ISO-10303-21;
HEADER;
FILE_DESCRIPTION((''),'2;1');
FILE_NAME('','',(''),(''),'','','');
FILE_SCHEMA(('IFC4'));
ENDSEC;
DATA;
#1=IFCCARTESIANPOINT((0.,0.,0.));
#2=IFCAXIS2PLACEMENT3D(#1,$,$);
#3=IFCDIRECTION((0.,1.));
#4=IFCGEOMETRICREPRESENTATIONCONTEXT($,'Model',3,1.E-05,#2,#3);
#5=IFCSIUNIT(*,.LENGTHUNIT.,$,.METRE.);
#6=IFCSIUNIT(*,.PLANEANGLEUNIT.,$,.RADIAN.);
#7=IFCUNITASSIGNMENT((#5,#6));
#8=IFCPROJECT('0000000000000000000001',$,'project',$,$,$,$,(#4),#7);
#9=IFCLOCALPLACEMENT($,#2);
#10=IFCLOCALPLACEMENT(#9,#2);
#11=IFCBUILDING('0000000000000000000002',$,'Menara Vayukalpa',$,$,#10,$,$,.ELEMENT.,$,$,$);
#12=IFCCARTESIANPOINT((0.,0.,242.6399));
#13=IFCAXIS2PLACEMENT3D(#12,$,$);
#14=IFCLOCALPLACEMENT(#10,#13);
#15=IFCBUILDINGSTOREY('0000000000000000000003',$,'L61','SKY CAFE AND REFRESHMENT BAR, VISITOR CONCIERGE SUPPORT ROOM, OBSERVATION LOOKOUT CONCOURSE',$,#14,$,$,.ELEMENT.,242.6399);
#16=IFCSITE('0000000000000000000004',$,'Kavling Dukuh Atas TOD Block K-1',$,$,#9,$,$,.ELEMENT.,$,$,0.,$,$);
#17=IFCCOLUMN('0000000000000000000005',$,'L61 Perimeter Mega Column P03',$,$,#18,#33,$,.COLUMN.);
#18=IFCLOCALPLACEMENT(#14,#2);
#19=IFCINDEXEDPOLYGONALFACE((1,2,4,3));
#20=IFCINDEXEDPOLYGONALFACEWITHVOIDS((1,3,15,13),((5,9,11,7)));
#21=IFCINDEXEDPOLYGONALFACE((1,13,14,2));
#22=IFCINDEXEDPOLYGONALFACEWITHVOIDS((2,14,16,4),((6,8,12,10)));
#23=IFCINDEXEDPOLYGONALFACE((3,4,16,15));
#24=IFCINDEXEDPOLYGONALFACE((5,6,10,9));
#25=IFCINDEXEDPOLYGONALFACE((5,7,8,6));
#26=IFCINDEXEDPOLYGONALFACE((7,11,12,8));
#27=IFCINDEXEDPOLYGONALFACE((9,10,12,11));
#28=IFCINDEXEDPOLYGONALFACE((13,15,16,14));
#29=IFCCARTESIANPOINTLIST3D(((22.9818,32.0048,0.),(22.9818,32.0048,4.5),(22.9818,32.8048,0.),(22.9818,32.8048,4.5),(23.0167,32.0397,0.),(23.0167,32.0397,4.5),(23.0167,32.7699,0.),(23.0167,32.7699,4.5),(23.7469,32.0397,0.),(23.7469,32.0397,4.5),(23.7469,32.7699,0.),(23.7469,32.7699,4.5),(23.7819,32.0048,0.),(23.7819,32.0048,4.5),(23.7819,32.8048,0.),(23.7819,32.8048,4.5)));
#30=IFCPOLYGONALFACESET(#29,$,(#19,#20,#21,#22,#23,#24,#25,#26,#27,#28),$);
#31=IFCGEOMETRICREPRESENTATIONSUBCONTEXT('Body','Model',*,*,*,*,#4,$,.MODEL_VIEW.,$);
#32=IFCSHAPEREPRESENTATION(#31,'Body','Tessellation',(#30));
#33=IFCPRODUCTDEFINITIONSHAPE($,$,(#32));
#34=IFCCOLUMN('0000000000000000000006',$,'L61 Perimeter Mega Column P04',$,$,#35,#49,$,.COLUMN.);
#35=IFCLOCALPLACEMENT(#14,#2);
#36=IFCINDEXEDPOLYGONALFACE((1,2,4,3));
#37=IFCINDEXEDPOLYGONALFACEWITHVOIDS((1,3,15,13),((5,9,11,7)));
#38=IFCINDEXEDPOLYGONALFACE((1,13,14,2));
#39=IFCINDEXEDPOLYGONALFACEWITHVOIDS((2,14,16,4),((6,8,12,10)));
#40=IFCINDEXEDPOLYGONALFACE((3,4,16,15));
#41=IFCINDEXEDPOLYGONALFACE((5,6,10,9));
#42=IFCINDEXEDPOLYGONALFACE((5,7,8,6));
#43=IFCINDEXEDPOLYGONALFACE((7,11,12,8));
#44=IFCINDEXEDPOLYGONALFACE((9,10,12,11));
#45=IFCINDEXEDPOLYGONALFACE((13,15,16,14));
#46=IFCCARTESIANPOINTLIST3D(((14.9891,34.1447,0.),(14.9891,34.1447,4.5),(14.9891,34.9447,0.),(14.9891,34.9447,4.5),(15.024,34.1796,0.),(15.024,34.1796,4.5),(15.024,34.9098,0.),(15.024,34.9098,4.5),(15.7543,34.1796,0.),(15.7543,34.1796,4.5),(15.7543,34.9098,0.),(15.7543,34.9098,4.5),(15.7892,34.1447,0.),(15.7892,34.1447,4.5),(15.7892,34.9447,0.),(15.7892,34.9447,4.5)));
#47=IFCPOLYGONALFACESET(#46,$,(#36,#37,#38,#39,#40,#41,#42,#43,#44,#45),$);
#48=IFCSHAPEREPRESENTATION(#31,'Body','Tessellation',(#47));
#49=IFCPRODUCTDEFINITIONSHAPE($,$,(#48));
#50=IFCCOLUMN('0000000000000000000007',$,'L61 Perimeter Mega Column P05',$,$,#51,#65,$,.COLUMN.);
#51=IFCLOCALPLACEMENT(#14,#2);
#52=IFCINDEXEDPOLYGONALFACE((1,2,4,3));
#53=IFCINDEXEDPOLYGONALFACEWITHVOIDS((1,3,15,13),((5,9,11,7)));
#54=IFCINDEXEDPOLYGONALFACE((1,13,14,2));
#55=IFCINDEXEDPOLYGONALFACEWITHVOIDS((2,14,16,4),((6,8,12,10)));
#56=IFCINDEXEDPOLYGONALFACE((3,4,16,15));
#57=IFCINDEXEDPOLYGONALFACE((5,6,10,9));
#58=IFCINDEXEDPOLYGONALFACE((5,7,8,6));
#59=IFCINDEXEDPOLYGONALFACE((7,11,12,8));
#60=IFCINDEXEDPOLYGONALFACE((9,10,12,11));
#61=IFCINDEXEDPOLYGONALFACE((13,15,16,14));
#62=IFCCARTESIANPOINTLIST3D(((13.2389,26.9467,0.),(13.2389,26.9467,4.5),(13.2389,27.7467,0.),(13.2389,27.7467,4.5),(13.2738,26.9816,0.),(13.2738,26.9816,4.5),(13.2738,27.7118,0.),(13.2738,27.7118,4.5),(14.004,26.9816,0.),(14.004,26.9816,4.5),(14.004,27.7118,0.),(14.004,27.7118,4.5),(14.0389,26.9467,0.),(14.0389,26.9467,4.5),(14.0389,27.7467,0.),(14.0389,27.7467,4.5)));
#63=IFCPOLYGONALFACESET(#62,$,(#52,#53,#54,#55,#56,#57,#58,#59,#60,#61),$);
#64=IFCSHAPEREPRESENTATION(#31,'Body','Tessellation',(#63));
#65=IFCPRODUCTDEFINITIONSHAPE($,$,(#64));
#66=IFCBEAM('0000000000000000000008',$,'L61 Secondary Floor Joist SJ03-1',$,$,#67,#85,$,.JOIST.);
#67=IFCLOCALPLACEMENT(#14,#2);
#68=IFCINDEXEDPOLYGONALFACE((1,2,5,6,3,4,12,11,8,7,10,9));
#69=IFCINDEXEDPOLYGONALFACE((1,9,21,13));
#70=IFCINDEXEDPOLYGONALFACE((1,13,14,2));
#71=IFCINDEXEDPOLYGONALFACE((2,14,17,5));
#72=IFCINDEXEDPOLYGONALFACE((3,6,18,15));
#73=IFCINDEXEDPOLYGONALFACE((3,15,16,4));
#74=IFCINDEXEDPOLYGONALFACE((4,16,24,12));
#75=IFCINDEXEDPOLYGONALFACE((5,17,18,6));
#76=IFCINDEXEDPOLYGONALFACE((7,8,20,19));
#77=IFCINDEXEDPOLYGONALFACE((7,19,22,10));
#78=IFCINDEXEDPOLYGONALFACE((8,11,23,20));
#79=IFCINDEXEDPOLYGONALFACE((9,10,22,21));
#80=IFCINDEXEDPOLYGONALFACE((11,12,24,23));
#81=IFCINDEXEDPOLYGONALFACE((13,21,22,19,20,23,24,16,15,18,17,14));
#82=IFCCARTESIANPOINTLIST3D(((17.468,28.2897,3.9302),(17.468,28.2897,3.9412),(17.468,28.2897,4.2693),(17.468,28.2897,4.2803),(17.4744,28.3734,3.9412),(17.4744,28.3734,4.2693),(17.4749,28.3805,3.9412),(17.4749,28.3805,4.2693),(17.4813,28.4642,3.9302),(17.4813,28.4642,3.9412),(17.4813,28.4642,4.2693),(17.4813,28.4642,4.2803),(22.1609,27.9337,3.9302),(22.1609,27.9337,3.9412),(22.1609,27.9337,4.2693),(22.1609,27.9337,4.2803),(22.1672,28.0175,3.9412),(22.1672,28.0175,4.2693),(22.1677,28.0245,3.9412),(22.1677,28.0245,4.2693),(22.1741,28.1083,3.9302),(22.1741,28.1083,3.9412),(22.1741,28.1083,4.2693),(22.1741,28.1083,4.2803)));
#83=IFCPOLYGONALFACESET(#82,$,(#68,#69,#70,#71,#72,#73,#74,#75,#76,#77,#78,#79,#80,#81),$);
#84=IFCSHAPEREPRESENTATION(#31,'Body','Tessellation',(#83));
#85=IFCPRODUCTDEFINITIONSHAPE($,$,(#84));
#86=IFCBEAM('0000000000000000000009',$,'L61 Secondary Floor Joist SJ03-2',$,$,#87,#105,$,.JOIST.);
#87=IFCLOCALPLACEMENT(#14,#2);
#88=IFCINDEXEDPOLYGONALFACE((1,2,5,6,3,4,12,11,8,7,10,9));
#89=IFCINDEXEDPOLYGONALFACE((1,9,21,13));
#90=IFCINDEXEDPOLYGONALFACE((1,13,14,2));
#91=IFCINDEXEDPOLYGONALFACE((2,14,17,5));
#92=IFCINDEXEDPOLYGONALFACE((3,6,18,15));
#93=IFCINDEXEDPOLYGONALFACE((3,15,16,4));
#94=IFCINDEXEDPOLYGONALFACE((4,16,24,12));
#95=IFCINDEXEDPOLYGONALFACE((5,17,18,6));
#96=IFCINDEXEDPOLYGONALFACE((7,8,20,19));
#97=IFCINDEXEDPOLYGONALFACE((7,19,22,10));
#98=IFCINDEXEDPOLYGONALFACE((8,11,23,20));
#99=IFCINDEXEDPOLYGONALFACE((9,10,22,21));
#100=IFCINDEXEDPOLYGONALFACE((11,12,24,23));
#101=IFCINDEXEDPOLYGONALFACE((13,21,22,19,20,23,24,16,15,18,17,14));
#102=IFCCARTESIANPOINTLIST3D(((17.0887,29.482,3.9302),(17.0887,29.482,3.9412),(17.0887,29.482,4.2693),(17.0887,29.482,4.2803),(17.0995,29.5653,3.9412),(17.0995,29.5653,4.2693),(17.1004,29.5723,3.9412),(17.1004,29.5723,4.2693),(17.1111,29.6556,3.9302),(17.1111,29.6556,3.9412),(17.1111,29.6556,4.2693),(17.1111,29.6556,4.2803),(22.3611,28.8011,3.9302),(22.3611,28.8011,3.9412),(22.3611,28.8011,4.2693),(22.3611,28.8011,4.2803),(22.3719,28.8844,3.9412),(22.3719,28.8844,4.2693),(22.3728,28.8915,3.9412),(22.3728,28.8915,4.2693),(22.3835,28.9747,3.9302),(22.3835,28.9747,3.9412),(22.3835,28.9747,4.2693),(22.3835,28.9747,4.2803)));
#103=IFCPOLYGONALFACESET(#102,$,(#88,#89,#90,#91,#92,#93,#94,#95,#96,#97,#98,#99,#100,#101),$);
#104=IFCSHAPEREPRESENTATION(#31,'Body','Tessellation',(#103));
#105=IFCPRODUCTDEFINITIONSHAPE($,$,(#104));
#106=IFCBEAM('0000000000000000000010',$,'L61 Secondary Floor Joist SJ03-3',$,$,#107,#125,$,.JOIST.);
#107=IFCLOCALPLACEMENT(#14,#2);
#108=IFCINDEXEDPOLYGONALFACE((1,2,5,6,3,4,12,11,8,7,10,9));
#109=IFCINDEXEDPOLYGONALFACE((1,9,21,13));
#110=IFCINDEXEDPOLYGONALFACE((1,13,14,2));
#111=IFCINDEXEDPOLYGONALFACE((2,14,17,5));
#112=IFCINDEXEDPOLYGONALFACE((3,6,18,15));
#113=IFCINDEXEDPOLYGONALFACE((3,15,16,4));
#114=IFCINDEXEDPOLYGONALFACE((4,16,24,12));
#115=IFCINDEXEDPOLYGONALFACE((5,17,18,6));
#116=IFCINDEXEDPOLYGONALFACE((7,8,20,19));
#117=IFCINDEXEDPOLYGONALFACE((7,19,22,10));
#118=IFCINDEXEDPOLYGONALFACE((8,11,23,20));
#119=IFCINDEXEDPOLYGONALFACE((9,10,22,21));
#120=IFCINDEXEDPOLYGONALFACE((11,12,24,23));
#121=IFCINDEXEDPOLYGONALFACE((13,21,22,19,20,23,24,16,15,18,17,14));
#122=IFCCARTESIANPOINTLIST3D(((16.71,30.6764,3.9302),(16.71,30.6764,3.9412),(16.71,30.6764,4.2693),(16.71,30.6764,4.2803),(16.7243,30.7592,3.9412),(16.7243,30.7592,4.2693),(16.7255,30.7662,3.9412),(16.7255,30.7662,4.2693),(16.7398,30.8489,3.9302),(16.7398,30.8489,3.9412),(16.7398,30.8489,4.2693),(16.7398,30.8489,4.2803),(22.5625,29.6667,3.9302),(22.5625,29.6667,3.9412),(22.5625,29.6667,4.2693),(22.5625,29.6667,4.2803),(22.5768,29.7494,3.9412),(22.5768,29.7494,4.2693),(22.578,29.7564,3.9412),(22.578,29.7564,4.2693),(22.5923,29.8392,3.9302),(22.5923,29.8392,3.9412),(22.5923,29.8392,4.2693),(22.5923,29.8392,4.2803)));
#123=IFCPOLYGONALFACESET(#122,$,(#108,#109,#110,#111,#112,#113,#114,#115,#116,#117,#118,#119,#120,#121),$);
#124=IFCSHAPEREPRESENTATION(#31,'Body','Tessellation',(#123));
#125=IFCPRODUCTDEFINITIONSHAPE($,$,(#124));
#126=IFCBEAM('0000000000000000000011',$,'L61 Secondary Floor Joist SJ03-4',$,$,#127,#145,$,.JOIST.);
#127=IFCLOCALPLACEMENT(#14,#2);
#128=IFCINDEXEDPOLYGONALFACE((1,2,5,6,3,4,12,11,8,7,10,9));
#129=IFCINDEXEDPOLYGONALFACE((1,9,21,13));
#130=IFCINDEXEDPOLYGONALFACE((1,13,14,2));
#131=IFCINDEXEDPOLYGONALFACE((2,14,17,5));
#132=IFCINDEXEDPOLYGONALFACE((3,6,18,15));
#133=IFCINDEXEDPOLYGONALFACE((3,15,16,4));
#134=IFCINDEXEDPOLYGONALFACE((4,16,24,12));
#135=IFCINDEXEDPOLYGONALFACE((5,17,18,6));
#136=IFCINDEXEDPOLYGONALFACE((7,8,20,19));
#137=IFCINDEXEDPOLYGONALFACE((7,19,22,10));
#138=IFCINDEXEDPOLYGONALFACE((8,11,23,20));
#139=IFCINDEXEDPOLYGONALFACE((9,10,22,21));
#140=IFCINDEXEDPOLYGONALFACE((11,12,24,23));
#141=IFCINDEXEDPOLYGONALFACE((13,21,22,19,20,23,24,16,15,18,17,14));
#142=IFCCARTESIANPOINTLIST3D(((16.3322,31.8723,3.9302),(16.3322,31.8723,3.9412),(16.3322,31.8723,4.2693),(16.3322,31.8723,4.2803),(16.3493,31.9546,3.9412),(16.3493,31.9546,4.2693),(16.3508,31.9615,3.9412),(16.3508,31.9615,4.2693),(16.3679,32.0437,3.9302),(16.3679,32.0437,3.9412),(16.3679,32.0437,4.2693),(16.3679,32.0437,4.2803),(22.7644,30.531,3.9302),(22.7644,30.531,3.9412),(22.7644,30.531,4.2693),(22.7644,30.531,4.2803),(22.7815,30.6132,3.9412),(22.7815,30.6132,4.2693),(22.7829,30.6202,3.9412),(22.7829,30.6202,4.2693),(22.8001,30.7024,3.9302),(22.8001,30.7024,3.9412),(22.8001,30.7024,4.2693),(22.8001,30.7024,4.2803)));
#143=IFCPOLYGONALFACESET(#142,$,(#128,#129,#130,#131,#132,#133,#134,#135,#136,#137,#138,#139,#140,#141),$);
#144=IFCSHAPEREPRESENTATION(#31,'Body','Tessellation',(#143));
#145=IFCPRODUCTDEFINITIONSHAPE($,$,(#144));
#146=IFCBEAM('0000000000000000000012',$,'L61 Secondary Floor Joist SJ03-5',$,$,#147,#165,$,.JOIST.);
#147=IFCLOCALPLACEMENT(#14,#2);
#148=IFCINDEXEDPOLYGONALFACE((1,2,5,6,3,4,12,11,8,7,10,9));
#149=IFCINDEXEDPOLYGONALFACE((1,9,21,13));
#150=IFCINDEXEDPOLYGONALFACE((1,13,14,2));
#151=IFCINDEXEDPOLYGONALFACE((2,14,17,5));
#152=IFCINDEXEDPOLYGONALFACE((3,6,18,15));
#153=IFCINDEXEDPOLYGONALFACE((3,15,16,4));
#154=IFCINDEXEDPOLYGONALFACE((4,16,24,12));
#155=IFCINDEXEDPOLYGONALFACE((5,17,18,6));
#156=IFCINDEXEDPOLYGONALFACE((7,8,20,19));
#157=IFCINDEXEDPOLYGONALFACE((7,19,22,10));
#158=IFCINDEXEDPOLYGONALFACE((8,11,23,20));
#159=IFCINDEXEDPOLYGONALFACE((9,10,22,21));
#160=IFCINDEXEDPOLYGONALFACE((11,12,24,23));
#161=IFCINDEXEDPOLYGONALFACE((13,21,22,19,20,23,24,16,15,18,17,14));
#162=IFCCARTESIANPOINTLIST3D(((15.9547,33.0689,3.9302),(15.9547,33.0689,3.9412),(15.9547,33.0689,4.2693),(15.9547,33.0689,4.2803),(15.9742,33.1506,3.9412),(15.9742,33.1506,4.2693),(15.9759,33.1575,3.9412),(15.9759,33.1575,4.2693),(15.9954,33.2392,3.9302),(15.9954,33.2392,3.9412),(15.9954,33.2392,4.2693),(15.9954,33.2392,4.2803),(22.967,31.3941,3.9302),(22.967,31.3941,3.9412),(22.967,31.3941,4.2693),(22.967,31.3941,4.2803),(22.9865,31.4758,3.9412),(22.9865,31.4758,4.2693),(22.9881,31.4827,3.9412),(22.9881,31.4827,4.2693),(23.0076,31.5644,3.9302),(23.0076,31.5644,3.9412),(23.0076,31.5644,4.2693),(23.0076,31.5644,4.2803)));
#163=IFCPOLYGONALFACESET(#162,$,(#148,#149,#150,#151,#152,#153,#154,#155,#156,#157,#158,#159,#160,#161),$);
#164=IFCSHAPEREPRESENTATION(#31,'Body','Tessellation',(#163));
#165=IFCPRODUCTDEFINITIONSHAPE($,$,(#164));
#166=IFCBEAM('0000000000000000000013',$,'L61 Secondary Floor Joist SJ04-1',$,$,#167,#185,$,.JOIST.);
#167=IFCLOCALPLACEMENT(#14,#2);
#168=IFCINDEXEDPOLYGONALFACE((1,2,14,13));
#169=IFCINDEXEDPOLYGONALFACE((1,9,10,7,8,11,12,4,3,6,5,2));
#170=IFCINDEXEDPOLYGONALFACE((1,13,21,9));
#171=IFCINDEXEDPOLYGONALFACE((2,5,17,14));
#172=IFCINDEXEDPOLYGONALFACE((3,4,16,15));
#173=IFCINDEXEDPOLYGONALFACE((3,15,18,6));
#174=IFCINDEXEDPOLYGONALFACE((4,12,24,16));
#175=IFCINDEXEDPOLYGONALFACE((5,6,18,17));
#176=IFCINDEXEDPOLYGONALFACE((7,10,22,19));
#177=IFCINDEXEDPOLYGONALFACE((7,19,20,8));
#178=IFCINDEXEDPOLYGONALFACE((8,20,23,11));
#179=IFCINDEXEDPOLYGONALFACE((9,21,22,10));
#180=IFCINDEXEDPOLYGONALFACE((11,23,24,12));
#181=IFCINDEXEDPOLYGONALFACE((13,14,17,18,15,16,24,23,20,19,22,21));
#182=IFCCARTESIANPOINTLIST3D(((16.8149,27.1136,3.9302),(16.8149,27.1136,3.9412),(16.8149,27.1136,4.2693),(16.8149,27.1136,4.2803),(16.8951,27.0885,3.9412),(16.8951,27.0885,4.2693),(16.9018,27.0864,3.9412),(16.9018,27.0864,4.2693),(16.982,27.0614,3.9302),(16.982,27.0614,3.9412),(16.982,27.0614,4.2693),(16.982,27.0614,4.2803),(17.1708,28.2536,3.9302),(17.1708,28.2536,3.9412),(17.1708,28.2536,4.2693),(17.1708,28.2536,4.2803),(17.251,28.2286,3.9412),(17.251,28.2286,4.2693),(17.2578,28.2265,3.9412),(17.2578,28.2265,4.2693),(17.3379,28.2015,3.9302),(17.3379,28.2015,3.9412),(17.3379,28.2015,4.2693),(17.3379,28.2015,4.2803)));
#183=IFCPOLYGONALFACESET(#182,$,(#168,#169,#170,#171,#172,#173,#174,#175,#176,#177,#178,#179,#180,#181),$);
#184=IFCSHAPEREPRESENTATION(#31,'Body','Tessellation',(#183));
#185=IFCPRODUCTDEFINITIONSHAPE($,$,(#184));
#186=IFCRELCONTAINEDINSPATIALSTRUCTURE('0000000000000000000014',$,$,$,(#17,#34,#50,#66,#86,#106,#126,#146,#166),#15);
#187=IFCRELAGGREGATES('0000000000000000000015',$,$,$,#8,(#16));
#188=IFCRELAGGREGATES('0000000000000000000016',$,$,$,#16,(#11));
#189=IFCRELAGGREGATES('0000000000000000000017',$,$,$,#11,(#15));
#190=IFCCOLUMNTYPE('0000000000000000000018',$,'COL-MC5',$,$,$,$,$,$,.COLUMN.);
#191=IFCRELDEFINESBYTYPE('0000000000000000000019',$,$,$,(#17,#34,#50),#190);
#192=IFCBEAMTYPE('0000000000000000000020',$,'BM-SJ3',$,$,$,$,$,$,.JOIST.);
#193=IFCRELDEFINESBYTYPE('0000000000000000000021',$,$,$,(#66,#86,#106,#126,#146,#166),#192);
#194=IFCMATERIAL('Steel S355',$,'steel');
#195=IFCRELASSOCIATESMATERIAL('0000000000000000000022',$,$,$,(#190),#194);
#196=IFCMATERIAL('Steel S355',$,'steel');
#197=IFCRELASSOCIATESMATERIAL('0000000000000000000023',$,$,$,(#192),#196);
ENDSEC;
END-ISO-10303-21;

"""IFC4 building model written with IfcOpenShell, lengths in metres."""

from ifc_helpers import new_model, si_unit, direction, frame, origin, origin_2d, place, context, subcontext, project, spatial, hollow_rectangle, i_section, extrude, material, material_profile, profile_set, type_object, element, save


model = new_model("IFC4")

# Units and contexts
model_context = context("Model", 3, precision=1e-05, world=origin(), true_north=direction((0.0, 1.0)))
body_context = subcontext(model_context, "Body", "Model", "MODEL_VIEW")
ifc_project = project(units=[si_unit("LENGTHUNIT", "METRE"), si_unit("PLANEANGLEUNIT", "RADIAN")], contexts=[model_context])

# Site, building, storey
site_placement = place(None, origin())
site = spatial("IfcSite", under=ifc_project, at=site_placement, Name="Kavling Dukuh Atas TOD Block K-1", CompositionType="ELEMENT", RefElevation=0.0)
building_placement = place(site_placement, origin())
building = spatial("IfcBuilding", under=site, at=building_placement, Name="Menara Vayukalpa", CompositionType="ELEMENT")
storey_placement = place(building_placement, frame((0.0, 0.0, 242.6399)))
storey = spatial("IfcBuildingStorey", under=building, at=storey_placement, Name="L61", Description="SKY CAFE AND REFRESHMENT BAR, VISITOR CONCIERGE SUPPORT ROOM, OBSERVATION LOOKOUT CONCOURSE", CompositionType="ELEMENT", Elevation=242.6399)

# Columns
ifc_material_1 = material(Name="Steel S355", Category="steel")
ifc_material_profile_1 = material_profile(ifc_material_1, hollow_rectangle(XDim=0.8, YDim=0.8, WallThickness=0.0349, at=origin_2d()), Name="BOX 800x800x35")
ifc_profile_set_1 = profile_set([ifc_material_profile_1], Name="Steel S355")
column_type = type_object("IfcColumnType", Name="COL-MC5", PredefinedType="COLUMN", material=ifc_profile_set_1)
for number, where, z_axis, x_axis, name in (
    (1, (23.3818, 32.4048, 0.0), (0.0, 0.0, 1.0), (1.0, 0.0, 0.0), "L61 Perimeter Mega Column P03"),
    (2, (15.3892, 34.5447, 0.0), (0.0, 0.0, 1.0), (1.0, 0.0, 0.0), "L61 Perimeter Mega Column P04"),
    (3, (13.6389, 27.3467, 0.0), (0.0, 0.0, 1.0), (1.0, 0.0, 0.0), "L61 Perimeter Mega Column P05"),
):
    element("IfcColumn", number, at=place(storey_placement, frame(where, z_axis=z_axis, x_axis=x_axis)), inside=storey, type_object=column_type, Name=name, PredefinedType="COLUMN", context=body_context, shape_type="SweptSolid", body=[
        extrude(hollow_rectangle(XDim=0.8, YDim=0.8, WallThickness=0.0349, at=origin_2d()), origin(), (0.0, 0.0, 1.0), 4.5),
    ])

# Beams
ifc_material_2 = material(Name="Steel S355", Category="steel")
ifc_material_profile_2 = material_profile(ifc_material_2, i_section(OverallWidth=0.175, OverallDepth=0.3501, WebThickness=0.0071, FlangeThickness=0.011, at=origin_2d()), Name="WF 350x175x7x11")
ifc_profile_set_2 = profile_set([ifc_material_profile_2], Name="Steel S355")
beam_type_1 = type_object("IfcBeamType", Name="BM-SJ3", PredefinedType="JOIST", material=ifc_profile_set_2)
beam_1_placement = place(storey_placement, frame((22.1675, 28.021, 4.1052), z_axis=(-0.997136, 0.075633, 0.0), x_axis=(-0.075633, -0.997136, 0.0)))
element("IfcBeam", 4, at=beam_1_placement, inside=storey, type_object=beam_type_1, Name="L61 Secondary Floor Joist SJ03-1", PredefinedType="JOIST", context=body_context, shape_type="SweptSolid", body=[
    extrude(i_section(OverallWidth=0.175, OverallDepth=0.3501, WebThickness=0.0071, FlangeThickness=0.011, at=origin_2d()), origin(), (0.0, 0.0, 1.0), 4.7063),
])
beam_2_placement = place(storey_placement, frame((22.3723, 28.8879, 4.1052), z_axis=(-0.991764, 0.128081, 0.0), x_axis=(-0.128081, -0.991764, 0.0)))
element("IfcBeam", 5, at=beam_2_placement, inside=storey, type_object=beam_type_1, Name="L61 Secondary Floor Joist SJ03-2", PredefinedType="JOIST", context=body_context, shape_type="SweptSolid", body=[
    extrude(i_section(OverallWidth=0.175, OverallDepth=0.3501, WebThickness=0.0071, FlangeThickness=0.011, at=origin_2d()), origin(), (0.0, 0.0, 1.0), 5.3162),
])
beam_3_placement = place(storey_placement, frame((22.5774, 29.7529, 4.1052), z_axis=(-0.98544, 0.170023, 0.0), x_axis=(-0.170023, -0.98544, 0.0)))
element("IfcBeam", 6, at=beam_3_placement, inside=storey, type_object=beam_type_1, Name="L61 Secondary Floor Joist SJ03-3", PredefinedType="JOIST", context=body_context, shape_type="SweptSolid", body=[
    extrude(i_section(OverallWidth=0.175, OverallDepth=0.3501, WebThickness=0.0071, FlangeThickness=0.011, at=origin_2d()), origin(), (0.0, 0.0, 1.0), 5.939),
])
beam_4_placement = place(storey_placement, frame((22.7822, 30.6167, 4.1052), z_axis=(-0.978941, 0.204141, 0.0), x_axis=(-0.204141, -0.978941, 0.0)))
element("IfcBeam", 7, at=beam_4_placement, inside=storey, type_object=beam_type_1, Name="L61 Secondary Floor Joist SJ03-4", PredefinedType="JOIST", context=body_context, shape_type="SweptSolid", body=[
    extrude(i_section(OverallWidth=0.175, OverallDepth=0.3501, WebThickness=0.0071, FlangeThickness=0.011, at=origin_2d()), origin(), (0.0, 0.0, 1.0), 6.5706),
])
beam_5_placement = place(storey_placement, frame((22.9873, 31.4792, 4.1052), z_axis=(-0.972642, 0.232307, 0.0), x_axis=(-0.232307, -0.972642, 0.0)))
element("IfcBeam", 8, at=beam_5_placement, inside=storey, type_object=beam_type_1, Name="L61 Secondary Floor Joist SJ03-5", PredefinedType="JOIST", context=body_context, shape_type="SweptSolid", body=[
    extrude(i_section(OverallWidth=0.175, OverallDepth=0.3501, WebThickness=0.0071, FlangeThickness=0.011, at=origin_2d()), origin(), (0.0, 0.0, 1.0), 7.2095),
])
beam_6_placement = place(storey_placement, frame((17.2544, 28.2275, 4.1052), z_axis=(-0.298019, -0.95456, 0.0), x_axis=(0.95456, -0.298019, 0.0)))
element("IfcBeam", 9, at=beam_6_placement, inside=storey, type_object=beam_type_1, Name="L61 Secondary Floor Joist SJ04-1", PredefinedType="JOIST", context=body_context, shape_type="SweptSolid", body=[
    extrude(i_section(OverallWidth=0.175, OverallDepth=0.3501, WebThickness=0.0071, FlangeThickness=0.011, at=origin_2d()), origin(), (0.0, 0.0, 1.0), 1.1943),
])

save(model, "model.ifc")
